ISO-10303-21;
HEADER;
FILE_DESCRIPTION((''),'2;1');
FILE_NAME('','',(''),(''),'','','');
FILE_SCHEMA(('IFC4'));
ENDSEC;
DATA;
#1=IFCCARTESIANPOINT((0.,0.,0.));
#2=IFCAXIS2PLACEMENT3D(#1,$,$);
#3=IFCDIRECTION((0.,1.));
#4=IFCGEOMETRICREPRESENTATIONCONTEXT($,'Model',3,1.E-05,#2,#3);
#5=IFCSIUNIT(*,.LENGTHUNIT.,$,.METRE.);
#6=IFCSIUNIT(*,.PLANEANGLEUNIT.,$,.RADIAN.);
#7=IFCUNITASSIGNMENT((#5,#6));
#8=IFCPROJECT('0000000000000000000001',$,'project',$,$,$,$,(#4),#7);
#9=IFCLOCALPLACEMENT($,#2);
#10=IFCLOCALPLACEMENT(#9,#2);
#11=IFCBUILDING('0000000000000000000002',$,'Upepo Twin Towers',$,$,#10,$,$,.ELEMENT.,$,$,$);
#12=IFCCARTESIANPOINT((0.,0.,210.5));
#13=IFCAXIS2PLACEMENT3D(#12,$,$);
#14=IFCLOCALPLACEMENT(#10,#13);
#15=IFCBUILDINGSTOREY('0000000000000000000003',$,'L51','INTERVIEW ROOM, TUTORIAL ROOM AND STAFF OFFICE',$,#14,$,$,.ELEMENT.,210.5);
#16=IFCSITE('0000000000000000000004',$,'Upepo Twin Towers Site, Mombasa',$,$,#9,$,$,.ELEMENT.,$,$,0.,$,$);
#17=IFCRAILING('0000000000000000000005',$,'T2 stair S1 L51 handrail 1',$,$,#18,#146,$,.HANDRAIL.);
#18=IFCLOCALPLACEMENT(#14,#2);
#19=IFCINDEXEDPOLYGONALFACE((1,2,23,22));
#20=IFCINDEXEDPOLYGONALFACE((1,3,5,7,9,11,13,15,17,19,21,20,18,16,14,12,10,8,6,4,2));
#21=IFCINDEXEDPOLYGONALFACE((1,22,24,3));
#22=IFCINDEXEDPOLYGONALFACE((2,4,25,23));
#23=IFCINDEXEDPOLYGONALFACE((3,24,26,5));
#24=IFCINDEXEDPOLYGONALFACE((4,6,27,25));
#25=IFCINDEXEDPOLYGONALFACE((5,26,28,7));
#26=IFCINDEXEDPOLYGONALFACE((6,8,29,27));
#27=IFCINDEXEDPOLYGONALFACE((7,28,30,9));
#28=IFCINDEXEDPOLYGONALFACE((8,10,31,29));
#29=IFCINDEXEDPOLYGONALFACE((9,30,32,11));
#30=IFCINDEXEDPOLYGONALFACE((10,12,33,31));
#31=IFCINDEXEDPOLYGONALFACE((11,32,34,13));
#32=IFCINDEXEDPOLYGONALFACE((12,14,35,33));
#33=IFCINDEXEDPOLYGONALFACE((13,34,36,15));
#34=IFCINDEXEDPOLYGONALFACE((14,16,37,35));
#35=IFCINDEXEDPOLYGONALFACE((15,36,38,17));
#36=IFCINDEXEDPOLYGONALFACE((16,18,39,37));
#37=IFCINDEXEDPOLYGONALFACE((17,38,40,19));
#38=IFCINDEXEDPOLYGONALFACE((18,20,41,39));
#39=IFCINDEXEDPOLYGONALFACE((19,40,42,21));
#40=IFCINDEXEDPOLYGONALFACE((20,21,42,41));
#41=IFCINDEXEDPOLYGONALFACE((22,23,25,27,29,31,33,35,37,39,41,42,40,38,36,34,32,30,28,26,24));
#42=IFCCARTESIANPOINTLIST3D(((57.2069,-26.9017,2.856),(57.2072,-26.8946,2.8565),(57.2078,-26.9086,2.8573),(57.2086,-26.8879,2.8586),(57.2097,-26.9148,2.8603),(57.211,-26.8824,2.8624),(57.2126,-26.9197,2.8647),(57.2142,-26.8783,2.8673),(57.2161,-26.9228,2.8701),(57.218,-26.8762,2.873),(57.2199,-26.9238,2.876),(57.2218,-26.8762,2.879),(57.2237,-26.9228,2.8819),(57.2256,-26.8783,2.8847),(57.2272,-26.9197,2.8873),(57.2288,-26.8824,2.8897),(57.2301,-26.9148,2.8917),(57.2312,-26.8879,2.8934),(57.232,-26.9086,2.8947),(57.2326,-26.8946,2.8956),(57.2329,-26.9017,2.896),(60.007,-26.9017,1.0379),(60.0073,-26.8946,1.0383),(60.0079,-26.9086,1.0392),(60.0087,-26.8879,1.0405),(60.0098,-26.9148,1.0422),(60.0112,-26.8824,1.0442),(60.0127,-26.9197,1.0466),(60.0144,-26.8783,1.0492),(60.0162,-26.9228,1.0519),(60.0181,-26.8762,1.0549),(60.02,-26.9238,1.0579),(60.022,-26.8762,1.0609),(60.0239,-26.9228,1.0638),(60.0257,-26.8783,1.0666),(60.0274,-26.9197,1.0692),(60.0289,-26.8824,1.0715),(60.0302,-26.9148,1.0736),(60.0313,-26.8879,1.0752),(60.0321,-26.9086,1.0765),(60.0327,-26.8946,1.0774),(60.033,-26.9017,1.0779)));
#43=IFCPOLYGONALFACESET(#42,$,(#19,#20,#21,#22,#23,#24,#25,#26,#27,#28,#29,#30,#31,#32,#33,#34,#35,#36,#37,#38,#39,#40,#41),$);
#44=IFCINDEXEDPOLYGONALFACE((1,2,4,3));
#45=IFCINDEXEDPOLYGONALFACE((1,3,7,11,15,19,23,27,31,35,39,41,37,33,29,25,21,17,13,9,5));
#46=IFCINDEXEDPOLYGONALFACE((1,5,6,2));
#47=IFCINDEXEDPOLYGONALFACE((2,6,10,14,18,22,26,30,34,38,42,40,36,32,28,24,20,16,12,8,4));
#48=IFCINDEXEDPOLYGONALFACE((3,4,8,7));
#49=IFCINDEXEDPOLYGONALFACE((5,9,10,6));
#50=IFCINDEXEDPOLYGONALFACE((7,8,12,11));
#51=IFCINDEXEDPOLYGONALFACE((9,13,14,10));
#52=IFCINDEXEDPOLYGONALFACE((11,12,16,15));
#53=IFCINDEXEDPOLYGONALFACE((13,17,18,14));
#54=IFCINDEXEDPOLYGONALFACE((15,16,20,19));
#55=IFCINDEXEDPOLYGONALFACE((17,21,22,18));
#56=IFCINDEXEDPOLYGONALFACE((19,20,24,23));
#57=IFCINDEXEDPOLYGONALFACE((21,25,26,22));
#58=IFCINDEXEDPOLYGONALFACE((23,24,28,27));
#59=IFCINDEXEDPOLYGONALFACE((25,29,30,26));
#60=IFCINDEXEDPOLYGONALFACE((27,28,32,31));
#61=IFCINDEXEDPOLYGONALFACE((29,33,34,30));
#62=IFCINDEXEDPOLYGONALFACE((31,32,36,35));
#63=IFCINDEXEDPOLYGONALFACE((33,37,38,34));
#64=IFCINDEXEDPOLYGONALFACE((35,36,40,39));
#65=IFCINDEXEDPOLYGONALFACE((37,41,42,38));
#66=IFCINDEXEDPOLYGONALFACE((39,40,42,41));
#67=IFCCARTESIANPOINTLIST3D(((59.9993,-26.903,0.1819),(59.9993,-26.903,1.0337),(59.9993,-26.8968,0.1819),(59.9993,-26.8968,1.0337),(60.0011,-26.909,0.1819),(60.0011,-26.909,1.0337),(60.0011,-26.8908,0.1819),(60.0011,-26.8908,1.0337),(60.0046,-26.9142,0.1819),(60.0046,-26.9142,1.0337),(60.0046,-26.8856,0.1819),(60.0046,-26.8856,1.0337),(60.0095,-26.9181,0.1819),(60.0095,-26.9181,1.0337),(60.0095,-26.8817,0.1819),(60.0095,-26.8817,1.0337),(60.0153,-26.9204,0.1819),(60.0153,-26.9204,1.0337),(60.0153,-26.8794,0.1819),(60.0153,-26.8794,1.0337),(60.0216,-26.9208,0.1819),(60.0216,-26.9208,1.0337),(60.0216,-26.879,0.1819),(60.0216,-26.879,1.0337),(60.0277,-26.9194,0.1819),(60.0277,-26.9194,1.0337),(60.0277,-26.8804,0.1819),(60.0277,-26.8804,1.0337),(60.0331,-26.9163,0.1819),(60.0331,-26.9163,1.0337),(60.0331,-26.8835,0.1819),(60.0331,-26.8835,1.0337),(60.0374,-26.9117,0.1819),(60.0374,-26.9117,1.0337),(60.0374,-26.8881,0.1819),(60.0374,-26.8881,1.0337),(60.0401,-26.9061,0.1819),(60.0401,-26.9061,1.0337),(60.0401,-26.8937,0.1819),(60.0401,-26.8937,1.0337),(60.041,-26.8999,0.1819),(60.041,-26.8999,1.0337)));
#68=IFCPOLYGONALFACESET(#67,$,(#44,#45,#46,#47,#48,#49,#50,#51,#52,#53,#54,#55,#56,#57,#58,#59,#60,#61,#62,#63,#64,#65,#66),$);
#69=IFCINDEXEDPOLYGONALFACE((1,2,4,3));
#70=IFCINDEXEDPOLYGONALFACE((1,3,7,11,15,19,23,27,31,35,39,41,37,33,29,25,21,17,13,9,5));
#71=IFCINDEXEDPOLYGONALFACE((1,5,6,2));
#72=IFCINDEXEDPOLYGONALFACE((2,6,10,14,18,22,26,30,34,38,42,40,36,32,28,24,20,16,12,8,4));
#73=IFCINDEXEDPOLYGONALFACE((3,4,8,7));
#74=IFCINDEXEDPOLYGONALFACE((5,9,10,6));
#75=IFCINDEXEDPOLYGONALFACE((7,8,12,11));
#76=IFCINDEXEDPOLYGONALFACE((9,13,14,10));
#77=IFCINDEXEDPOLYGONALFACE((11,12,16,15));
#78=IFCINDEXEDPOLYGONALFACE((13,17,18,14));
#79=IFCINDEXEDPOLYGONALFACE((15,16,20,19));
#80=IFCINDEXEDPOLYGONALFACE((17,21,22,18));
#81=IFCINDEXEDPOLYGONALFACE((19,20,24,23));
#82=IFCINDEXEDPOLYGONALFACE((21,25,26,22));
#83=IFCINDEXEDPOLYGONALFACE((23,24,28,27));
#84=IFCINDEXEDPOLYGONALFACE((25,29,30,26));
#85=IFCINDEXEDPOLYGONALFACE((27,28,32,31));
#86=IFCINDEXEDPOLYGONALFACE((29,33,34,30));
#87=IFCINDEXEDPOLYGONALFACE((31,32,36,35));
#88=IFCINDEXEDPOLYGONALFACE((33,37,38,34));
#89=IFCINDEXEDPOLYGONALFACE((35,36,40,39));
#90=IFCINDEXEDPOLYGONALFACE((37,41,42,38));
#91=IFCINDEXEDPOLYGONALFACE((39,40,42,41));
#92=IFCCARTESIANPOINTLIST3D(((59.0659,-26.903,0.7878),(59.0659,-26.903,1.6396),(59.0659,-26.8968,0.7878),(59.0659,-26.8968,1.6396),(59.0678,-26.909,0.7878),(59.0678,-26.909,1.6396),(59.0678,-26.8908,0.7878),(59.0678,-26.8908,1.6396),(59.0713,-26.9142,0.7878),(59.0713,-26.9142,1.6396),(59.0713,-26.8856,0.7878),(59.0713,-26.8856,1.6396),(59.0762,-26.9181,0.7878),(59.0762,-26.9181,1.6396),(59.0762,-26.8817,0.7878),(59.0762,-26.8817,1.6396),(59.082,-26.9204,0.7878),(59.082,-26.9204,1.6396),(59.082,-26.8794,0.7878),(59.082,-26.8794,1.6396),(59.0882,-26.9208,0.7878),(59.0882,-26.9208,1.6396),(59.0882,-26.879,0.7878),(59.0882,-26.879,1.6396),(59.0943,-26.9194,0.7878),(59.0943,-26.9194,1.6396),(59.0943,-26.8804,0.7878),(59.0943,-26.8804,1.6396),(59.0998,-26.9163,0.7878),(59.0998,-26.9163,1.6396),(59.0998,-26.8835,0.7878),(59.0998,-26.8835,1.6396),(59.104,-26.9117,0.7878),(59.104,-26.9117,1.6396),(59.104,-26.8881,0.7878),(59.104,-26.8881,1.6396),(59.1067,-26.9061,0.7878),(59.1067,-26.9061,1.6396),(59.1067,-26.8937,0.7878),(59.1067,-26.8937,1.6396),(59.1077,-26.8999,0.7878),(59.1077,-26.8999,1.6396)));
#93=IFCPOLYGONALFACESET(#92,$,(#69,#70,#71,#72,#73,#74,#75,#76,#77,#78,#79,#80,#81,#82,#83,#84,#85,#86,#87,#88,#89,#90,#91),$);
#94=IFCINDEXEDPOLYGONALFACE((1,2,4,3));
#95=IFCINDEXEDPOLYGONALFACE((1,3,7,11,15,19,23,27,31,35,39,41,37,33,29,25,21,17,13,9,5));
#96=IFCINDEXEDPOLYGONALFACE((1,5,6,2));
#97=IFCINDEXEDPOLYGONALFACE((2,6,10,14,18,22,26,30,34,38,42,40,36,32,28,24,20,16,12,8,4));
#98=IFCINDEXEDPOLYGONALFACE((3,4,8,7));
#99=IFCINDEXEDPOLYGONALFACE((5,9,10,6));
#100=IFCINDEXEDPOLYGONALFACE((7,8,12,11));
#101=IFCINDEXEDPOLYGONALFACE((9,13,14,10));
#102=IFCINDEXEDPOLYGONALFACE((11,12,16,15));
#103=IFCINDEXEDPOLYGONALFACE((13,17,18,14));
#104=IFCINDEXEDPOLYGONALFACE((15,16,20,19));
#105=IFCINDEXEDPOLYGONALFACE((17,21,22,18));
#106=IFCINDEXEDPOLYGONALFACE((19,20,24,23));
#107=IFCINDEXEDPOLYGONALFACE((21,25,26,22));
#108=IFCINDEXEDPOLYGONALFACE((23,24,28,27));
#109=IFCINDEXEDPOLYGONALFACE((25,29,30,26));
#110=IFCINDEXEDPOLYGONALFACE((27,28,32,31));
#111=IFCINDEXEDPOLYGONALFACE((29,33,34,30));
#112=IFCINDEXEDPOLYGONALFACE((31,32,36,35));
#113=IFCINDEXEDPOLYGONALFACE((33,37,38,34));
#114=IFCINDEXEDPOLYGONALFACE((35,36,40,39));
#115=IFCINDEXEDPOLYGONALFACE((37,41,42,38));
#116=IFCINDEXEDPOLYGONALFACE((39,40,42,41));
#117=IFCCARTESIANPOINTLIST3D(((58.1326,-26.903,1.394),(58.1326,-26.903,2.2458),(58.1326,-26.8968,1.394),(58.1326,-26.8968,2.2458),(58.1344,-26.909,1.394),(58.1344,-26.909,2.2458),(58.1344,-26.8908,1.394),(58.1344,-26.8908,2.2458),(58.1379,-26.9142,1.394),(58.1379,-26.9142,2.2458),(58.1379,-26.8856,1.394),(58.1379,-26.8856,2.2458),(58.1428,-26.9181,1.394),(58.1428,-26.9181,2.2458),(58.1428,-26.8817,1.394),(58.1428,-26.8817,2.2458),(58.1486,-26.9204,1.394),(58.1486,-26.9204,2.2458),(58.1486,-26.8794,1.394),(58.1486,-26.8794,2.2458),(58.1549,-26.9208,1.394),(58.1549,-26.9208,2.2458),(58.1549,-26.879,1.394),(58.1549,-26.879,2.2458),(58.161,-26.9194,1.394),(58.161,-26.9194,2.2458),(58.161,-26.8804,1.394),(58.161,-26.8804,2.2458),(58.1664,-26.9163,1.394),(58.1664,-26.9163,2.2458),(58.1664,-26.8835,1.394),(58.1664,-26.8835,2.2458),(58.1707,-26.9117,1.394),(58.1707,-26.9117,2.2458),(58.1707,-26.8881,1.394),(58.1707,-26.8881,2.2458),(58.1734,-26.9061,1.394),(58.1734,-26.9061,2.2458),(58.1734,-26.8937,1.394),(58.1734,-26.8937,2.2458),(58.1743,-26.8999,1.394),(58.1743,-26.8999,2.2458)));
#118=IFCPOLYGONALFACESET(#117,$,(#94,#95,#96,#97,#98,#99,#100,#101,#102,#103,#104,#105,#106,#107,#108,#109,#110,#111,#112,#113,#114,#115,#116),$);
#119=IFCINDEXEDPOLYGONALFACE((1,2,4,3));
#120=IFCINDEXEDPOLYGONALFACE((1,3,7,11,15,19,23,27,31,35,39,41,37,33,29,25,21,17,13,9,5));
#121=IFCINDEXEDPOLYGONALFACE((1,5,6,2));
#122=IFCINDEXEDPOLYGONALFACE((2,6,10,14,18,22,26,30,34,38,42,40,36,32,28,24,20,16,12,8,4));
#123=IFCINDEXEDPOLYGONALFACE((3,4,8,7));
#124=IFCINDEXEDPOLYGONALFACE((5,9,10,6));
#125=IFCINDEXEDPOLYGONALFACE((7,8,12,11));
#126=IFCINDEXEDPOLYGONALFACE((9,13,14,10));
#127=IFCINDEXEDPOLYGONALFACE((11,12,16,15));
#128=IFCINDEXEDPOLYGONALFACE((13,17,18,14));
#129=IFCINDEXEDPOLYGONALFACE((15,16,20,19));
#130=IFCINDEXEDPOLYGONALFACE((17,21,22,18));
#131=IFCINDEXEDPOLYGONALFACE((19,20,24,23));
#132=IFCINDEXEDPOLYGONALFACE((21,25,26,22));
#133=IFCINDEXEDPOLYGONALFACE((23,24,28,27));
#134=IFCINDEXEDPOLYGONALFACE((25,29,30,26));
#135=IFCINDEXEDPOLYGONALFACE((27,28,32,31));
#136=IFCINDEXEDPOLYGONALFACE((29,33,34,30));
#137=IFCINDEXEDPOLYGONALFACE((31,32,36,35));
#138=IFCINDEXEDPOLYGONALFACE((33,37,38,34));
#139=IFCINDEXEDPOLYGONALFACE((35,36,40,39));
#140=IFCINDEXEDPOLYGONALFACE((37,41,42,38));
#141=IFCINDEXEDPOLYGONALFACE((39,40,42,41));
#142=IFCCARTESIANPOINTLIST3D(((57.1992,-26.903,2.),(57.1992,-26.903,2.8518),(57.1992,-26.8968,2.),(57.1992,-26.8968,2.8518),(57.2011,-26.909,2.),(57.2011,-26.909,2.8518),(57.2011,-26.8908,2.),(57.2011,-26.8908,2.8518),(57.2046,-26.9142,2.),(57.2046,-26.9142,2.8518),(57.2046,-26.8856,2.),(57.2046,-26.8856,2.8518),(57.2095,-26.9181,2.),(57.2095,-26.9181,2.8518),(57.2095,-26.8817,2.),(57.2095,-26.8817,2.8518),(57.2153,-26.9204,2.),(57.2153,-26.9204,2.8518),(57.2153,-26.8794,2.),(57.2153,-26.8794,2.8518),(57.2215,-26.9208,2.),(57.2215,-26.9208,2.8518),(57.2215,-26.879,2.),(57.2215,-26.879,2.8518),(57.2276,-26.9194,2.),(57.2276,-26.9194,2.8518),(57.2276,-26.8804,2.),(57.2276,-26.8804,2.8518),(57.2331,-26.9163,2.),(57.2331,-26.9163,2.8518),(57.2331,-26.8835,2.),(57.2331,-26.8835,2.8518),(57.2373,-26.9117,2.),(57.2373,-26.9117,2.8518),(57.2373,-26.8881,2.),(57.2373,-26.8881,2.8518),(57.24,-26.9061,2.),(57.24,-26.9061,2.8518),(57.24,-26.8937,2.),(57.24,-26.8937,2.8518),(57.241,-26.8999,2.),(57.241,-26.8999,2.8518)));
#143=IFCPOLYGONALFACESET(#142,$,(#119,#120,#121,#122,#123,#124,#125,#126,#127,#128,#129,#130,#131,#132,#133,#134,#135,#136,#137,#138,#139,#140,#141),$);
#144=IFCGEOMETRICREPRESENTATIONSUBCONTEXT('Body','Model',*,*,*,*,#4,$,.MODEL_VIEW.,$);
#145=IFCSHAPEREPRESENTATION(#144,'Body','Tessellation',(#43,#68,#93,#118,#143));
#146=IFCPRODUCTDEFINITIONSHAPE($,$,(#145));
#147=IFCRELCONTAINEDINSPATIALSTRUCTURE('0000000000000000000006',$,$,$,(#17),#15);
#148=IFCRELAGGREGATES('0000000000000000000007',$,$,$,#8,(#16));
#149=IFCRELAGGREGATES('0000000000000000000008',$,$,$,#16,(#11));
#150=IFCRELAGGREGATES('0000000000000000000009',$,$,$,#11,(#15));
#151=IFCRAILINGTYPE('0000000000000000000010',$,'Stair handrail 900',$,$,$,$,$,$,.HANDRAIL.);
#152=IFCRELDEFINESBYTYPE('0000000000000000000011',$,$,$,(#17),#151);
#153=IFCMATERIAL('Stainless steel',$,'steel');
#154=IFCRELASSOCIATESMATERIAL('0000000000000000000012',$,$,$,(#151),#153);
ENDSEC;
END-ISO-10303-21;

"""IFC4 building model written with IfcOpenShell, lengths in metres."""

from ifc_helpers import new_model, si_unit, direction, frame, origin, origin_2d, place, context, subcontext, project, spatial, circle, extrude, material, type_object, element, save


model = new_model("IFC4")

# Units and contexts
model_context = context("Model", 3, precision=1e-05, world=origin(), true_north=direction((0.0, 1.0)))
body_context = subcontext(model_context, "Body", "Model", "MODEL_VIEW")
ifc_project = project(units=[si_unit("LENGTHUNIT", "METRE"), si_unit("PLANEANGLEUNIT", "RADIAN")], contexts=[model_context])

# Site, building, storey
site_placement = place(None, origin())
site = spatial("IfcSite", under=ifc_project, at=site_placement, Name="Upepo Twin Towers Site, Mombasa", CompositionType="ELEMENT", RefElevation=0.0)
building_placement = place(site_placement, origin())
building = spatial("IfcBuilding", under=site, at=building_placement, Name="Upepo Twin Towers", CompositionType="ELEMENT")
storey_placement = place(building_placement, frame((0.0, 0.0, 210.5)))
storey = spatial("IfcBuildingStorey", under=building, at=storey_placement, Name="L51", Description="INTERVIEW ROOM, TUTORIAL ROOM AND STAFF OFFICE", CompositionType="ELEMENT", Elevation=210.5)

# Railing
ifc_material_1 = material(Name="Stainless steel", Category="steel")
railing_type = type_object("IfcRailingType", Name="Stair handrail 900", PredefinedType="HANDRAIL", material=ifc_material_1)
railing_1_placement = place(storey_placement, frame((60.02, -26.8999, 0.1819)))
element("IfcRailing", 1, at=railing_1_placement, inside=storey, type_object=railing_type, Name="T2 stair S1 L51 handrail 1", PredefinedType="HANDRAIL", context=body_context, shape_type="SweptSolid", body=[
    extrude(circle(Radius=0.0239, at=origin_2d()), frame((0.0, 0.0, 0.876), z_axis=(-0.838706, 0.0, 0.544585), x_axis=(0.0, -1.0, 0.0)), (0.0, 0.0, 1.0), 3.3386),
    extrude(circle(Radius=0.021, at=origin_2d()), origin(), (0.0, 0.0, 1.0), 0.8518),
    extrude(circle(Radius=0.021, at=origin_2d()), frame((-0.9333, 0.0, 0.606)), (0.0, 0.0, 1.0), 0.8518),
    extrude(circle(Radius=0.021, at=origin_2d()), frame((-1.8667, 0.0, 1.2122)), (0.0, 0.0, 1.0), 0.8518),
    extrude(circle(Radius=0.021, at=origin_2d()), frame((-2.8, 0.0, 1.8181)), (0.0, 0.0, 1.0), 0.8518),
])

save(model, "model.ifc")
